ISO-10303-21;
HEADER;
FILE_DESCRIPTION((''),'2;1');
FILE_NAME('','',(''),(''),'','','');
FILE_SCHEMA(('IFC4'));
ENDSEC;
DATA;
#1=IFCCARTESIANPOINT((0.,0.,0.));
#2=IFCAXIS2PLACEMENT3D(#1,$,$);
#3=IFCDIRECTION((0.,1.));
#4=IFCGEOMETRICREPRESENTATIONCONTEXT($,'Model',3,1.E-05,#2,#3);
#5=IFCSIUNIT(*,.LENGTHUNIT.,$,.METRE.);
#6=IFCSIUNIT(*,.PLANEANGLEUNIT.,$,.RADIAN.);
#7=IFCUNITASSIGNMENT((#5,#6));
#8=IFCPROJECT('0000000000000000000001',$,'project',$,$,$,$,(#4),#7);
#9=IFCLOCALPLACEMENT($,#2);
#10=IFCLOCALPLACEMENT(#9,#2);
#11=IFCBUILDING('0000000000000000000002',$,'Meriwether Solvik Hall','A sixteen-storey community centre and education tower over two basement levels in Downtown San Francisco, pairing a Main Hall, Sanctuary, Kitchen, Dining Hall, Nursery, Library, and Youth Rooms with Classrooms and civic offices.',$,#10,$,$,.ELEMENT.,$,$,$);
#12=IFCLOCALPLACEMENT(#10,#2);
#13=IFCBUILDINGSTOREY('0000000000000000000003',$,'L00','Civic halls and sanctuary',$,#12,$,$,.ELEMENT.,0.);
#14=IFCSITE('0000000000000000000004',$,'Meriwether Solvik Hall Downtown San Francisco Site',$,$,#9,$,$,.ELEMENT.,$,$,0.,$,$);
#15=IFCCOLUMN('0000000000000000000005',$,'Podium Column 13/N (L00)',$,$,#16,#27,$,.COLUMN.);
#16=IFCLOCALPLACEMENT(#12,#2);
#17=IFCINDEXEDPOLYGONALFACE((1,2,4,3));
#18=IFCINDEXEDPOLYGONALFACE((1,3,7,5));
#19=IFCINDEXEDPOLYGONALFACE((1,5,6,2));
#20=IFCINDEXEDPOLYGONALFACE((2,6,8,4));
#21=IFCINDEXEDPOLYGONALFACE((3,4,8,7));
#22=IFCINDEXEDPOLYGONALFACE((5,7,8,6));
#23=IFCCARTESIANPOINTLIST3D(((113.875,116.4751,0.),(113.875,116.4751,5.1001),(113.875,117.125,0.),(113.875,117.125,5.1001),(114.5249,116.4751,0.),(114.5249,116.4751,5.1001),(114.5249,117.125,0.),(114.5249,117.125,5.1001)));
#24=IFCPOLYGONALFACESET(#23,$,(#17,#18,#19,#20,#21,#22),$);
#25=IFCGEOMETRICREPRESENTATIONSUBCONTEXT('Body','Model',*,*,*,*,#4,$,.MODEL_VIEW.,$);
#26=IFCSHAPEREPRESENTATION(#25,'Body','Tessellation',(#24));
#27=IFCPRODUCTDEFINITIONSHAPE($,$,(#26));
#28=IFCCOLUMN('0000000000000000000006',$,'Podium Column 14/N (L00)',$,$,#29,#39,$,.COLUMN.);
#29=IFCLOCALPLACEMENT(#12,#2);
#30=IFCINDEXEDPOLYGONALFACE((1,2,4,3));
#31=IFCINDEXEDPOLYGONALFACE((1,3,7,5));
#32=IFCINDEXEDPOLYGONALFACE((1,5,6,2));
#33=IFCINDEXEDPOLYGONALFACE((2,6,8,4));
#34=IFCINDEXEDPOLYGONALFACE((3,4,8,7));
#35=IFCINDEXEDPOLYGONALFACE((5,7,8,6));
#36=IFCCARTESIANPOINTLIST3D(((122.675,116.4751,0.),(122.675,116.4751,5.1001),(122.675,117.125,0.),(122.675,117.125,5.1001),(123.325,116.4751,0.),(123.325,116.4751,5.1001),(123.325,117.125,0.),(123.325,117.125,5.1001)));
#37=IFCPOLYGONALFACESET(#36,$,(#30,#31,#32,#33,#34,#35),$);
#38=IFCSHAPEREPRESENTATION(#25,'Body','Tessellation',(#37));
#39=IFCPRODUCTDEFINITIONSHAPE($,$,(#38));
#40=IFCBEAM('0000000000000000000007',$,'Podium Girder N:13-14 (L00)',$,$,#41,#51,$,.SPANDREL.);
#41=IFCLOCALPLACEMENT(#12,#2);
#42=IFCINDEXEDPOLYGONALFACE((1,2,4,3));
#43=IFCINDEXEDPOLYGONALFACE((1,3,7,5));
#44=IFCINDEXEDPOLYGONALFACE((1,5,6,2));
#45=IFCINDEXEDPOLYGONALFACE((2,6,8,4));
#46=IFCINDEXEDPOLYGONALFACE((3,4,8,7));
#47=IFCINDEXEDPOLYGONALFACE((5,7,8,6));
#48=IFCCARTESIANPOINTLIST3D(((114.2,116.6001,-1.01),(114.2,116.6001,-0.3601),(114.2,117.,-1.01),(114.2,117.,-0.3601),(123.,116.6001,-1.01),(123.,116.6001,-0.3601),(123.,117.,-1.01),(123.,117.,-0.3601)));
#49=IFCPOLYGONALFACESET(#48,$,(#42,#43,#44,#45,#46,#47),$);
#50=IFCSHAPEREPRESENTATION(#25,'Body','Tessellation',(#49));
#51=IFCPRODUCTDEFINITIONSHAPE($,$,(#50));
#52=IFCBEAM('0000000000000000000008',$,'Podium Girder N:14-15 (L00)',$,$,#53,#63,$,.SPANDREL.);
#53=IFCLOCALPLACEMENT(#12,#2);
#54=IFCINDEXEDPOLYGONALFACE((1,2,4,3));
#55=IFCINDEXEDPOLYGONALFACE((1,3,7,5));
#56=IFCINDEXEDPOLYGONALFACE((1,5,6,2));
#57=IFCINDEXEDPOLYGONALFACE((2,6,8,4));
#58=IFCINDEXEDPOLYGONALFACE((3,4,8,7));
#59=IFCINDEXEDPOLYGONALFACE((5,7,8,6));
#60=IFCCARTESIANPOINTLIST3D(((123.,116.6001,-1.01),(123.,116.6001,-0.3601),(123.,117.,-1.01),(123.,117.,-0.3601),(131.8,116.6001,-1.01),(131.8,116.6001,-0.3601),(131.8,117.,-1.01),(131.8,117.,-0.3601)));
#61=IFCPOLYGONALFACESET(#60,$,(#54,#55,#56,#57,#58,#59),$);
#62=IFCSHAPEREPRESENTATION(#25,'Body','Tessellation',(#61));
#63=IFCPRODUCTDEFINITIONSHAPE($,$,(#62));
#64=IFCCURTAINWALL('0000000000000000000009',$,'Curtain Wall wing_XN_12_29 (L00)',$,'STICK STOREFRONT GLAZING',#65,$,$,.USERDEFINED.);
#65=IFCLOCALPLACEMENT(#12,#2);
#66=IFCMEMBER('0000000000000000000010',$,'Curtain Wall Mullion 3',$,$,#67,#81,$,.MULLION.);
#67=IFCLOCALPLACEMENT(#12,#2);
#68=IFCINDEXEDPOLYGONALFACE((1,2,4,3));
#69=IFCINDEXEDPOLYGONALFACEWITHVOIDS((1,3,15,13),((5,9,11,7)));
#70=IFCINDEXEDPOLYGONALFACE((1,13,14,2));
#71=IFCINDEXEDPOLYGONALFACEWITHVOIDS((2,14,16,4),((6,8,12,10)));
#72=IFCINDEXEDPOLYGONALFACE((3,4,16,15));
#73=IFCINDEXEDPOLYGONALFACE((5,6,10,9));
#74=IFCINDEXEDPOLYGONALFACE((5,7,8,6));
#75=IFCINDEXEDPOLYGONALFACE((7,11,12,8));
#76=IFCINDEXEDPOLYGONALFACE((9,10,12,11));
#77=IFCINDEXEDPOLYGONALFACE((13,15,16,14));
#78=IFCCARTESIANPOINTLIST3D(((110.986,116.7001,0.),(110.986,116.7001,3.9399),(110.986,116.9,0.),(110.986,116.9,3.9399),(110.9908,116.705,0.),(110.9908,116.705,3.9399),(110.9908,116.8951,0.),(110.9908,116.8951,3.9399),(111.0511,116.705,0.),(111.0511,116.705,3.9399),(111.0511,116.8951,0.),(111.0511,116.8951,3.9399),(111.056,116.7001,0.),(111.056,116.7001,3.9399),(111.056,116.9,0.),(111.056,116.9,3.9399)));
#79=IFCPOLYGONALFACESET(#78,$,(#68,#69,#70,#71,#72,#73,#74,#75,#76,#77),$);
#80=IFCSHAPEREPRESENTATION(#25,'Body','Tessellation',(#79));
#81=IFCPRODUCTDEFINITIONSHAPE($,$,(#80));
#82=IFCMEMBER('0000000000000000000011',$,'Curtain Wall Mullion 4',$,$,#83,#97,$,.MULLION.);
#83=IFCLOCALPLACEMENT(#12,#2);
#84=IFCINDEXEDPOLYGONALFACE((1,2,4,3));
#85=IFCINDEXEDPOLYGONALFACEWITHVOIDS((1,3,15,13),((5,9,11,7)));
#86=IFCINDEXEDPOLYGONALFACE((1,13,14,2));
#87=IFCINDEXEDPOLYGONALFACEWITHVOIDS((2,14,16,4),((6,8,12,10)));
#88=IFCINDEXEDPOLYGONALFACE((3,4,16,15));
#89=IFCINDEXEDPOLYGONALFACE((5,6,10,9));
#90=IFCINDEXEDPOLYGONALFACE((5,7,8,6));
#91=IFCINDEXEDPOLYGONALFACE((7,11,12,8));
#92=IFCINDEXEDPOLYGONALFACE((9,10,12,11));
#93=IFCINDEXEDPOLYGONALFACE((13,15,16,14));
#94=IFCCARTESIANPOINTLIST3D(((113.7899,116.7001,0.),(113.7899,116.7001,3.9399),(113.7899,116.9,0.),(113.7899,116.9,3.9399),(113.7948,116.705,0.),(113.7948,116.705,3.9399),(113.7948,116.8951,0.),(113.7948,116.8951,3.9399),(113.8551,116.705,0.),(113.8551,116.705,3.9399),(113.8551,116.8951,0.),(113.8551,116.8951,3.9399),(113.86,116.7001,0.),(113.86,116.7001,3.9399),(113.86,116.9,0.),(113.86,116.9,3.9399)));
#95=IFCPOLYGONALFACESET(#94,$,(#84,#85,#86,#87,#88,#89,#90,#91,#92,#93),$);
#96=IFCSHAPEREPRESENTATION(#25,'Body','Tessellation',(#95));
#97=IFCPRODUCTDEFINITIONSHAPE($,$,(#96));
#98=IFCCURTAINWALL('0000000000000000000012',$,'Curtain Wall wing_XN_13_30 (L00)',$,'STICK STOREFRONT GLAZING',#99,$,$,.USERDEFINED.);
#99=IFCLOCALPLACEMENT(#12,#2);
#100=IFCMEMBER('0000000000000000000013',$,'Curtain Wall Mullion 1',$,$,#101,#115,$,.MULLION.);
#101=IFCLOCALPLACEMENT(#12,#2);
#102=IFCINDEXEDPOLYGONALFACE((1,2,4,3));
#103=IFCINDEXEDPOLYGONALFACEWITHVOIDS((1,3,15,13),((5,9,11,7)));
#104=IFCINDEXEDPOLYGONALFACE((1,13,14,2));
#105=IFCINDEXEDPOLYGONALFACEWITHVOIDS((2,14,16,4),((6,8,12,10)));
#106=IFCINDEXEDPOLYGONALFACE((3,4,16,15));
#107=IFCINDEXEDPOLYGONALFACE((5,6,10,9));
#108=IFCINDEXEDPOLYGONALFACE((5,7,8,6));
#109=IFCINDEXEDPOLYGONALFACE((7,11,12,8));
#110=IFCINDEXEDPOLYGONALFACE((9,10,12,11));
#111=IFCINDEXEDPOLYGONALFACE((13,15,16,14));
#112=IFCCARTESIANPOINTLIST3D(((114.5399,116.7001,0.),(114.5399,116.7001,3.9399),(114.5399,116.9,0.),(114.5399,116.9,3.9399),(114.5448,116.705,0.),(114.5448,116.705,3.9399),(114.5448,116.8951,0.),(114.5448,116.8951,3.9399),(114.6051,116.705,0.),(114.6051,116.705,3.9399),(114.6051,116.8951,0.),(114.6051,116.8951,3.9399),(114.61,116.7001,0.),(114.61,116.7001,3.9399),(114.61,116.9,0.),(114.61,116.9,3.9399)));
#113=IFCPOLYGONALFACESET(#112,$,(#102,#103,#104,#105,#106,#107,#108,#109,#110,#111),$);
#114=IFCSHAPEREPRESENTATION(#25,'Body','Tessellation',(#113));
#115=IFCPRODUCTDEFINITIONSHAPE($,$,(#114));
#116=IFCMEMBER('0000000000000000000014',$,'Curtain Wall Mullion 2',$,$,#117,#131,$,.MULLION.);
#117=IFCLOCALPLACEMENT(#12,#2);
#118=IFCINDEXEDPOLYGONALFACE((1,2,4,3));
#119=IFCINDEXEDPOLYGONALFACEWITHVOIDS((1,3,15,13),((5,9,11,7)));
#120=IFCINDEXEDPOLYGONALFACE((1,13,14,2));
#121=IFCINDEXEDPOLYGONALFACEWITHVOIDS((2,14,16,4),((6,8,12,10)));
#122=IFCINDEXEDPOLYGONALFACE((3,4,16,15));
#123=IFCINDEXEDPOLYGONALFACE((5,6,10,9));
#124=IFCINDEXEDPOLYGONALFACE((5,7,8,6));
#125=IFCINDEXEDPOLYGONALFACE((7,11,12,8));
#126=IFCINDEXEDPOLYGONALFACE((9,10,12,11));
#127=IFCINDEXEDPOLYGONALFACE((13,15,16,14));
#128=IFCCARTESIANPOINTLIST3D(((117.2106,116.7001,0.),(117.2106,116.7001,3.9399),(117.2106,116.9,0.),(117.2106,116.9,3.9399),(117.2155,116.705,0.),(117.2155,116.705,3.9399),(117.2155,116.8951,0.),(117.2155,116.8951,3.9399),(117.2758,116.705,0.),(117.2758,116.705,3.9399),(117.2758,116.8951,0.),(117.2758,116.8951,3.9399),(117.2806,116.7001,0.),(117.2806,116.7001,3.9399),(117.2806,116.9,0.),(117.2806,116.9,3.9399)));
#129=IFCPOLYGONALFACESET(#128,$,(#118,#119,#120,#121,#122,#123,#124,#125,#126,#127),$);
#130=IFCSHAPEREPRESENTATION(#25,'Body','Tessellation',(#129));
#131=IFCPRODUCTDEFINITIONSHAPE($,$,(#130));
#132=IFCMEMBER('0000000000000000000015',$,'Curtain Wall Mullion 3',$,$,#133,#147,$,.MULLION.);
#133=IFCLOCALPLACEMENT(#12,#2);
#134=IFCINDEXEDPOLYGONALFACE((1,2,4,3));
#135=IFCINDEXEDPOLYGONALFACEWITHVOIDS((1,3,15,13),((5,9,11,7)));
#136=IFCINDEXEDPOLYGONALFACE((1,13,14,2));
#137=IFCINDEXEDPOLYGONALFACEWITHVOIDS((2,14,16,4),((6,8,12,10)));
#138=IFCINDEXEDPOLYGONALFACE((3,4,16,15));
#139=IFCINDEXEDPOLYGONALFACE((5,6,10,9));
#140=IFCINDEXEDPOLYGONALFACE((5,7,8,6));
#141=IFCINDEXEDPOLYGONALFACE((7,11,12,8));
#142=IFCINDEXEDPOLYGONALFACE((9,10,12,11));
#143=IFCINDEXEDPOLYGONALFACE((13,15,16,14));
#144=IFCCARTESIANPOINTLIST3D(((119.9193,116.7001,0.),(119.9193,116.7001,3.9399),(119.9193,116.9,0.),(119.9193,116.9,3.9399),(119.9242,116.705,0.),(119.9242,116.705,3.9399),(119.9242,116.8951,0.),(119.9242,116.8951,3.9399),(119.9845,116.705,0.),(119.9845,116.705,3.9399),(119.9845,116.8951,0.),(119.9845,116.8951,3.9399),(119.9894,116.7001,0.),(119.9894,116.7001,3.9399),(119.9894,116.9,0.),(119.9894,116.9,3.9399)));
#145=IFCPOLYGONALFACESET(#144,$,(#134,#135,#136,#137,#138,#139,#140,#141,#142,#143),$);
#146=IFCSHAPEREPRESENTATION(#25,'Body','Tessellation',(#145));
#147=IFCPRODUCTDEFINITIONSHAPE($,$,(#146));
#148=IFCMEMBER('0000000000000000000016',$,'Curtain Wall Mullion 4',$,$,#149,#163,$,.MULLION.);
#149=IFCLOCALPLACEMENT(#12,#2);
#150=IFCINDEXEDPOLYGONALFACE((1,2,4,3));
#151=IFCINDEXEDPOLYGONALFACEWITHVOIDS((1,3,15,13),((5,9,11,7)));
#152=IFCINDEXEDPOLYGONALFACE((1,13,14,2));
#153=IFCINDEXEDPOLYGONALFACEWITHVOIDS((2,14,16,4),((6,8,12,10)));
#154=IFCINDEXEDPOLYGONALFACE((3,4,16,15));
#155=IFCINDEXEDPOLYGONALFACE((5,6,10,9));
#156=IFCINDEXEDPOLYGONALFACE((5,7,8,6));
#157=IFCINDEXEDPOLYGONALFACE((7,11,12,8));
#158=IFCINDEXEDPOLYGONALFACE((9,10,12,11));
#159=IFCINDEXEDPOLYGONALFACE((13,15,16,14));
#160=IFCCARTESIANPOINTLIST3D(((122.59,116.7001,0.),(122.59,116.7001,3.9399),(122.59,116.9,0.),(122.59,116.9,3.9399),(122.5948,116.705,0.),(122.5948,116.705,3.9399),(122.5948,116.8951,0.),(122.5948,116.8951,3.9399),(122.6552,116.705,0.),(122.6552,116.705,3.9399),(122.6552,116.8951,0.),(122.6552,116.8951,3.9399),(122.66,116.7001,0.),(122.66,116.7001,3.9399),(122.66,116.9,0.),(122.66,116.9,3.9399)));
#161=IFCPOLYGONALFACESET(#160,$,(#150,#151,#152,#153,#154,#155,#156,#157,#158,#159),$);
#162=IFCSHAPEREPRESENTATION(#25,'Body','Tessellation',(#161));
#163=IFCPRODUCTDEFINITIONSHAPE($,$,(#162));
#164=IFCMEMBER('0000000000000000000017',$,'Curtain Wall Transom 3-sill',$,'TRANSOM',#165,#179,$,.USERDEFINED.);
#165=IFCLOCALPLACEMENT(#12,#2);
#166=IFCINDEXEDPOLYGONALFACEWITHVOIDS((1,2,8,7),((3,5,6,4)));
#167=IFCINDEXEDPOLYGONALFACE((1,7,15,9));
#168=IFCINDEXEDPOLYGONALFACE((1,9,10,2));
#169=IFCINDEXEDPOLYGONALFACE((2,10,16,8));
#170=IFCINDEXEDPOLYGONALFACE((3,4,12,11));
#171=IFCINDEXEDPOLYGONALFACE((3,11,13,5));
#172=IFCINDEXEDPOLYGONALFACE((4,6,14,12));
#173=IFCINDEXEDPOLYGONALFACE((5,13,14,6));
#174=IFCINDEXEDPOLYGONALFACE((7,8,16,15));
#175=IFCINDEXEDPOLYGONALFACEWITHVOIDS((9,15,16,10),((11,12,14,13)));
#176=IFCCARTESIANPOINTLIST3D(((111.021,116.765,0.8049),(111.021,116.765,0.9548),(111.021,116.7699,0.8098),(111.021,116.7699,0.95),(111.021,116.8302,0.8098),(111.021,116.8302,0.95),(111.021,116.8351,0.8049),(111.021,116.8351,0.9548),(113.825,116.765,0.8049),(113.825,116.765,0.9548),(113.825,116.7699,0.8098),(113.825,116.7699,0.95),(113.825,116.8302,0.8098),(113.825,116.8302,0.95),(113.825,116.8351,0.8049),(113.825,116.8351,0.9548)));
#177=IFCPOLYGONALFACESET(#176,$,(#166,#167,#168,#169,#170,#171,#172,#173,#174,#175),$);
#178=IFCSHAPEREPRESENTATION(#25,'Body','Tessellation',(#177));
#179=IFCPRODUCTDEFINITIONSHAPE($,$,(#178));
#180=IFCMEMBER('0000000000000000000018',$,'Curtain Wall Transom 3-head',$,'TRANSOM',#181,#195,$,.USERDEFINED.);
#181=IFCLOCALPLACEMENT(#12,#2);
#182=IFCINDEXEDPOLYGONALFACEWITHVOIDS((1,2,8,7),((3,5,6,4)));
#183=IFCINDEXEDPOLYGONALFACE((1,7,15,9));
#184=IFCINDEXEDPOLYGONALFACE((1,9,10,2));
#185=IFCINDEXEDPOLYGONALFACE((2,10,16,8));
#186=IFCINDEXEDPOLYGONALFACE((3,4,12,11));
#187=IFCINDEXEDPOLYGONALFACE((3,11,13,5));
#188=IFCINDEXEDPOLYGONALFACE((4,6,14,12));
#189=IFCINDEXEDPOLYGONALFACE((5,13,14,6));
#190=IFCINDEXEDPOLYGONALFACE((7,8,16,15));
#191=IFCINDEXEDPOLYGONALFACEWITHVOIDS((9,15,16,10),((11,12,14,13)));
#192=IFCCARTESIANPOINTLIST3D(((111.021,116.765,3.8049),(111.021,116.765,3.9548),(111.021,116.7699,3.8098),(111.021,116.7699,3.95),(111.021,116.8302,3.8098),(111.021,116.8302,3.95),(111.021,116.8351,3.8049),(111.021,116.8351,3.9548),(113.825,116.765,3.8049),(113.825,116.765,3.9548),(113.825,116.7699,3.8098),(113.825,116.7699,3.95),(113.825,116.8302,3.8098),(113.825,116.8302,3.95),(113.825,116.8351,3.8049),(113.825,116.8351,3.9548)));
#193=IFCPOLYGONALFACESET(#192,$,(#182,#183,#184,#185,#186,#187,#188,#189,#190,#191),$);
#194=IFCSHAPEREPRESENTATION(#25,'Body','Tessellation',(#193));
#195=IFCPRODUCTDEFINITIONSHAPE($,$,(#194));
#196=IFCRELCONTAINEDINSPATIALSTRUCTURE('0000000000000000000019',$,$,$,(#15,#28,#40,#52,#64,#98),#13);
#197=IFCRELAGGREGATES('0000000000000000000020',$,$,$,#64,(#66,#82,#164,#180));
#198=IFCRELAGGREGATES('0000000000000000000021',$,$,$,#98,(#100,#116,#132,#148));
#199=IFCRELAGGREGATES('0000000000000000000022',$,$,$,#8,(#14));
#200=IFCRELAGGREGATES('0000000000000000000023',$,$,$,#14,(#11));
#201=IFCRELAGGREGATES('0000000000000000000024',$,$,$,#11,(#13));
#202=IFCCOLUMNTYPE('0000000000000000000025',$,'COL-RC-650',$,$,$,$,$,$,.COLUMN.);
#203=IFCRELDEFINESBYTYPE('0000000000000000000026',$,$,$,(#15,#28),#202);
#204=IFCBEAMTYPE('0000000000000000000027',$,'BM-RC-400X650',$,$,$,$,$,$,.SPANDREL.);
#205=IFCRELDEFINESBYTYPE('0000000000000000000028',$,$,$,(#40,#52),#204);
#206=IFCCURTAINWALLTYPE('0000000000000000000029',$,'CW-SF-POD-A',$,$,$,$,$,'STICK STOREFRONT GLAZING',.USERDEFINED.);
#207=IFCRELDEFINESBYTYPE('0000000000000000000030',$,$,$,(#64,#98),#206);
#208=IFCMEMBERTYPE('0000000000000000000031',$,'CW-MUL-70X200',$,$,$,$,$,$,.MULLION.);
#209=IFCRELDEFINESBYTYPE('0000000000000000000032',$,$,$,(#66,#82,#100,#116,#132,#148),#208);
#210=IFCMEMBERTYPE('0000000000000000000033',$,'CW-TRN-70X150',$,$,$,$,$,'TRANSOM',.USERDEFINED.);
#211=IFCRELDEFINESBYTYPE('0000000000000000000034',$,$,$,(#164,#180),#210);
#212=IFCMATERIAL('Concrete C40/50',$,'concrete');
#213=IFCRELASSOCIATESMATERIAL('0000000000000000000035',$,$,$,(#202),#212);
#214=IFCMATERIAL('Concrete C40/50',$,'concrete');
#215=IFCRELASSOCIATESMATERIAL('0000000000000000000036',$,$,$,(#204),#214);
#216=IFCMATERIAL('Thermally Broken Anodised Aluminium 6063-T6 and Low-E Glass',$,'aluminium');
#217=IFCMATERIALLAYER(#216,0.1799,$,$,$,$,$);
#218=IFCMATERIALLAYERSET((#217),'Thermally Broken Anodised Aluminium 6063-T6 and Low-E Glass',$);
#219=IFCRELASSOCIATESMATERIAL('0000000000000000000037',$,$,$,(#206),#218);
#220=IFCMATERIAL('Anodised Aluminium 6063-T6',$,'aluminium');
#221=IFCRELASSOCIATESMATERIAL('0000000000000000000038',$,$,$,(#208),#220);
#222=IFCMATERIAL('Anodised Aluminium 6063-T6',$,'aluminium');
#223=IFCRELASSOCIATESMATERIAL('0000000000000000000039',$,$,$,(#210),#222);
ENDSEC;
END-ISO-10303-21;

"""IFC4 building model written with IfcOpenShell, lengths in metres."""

from ifc_helpers import new_model, si_unit, direction, frame, origin, origin_2d, place, context, subcontext, project, spatial, rectangle, hollow_rectangle, extrude, material, layer, layer_set, material_profile, profile_set, type_object, element, aggregate, save


model = new_model("IFC4")

# Units and contexts
model_context = context("Model", 3, precision=1e-05, world=origin(), true_north=direction((0.0, 1.0)))
body_context = subcontext(model_context, "Body", "Model", "MODEL_VIEW")
ifc_project = project(units=[si_unit("LENGTHUNIT", "METRE"), si_unit("PLANEANGLEUNIT", "RADIAN")], contexts=[model_context])

# Site, building, storey
site_placement = place(None, origin())
site = spatial("IfcSite", under=ifc_project, at=site_placement, Name="Meriwether Solvik Hall Downtown San Francisco Site", CompositionType="ELEMENT", RefElevation=0.0)
building_placement = place(site_placement, origin())
building = spatial("IfcBuilding", under=site, at=building_placement, Name="Meriwether Solvik Hall", Description="A sixteen-storey community centre and education tower over two basement levels in Downtown San Francisco, pairing a Main Hall, Sanctuary, Kitchen, Dining Hall, Nursery, Library, and Youth Rooms with Classrooms and civic offices.", CompositionType="ELEMENT")
storey_placement = place(building_placement, origin())
storey = spatial("IfcBuildingStorey", under=building, at=storey_placement, Name="L00", Description="Civic halls and sanctuary", CompositionType="ELEMENT", Elevation=0.0)

# Columns
ifc_material_1 = material(Name="Concrete C40/50", Category="concrete")
ifc_material_profile_1 = material_profile(ifc_material_1, rectangle(XDim=0.6499, YDim=0.6499, at=origin_2d()), Name="RCC-650X650")
ifc_profile_set_1 = profile_set([ifc_material_profile_1], Name="Concrete C40/50")
column_type = type_object("IfcColumnType", Name="COL-RC-650", PredefinedType="COLUMN", material=ifc_profile_set_1)
for number, where, z_axis, x_axis, name in (
    (1, (114.2, 116.8, 0.0), (0.0, 0.0, 1.0), (1.0, 0.0, 0.0), "Podium Column 13/N (L00)"),
    (2, (123.0, 116.8, 0.0), (0.0, 0.0, 1.0), (1.0, 0.0, 0.0), "Podium Column 14/N (L00)"),
):
    element("IfcColumn", number, at=place(storey_placement, frame(where, z_axis=z_axis, x_axis=x_axis)), inside=storey, type_object=column_type, Name=name, PredefinedType="COLUMN", context=body_context, shape_type="SweptSolid", body=[
        extrude(rectangle(XDim=0.6499, YDim=0.6499, at=origin_2d()), origin(), (0.0, 0.0, 1.0), 5.1001),
    ])

# Beams
ifc_material_2 = material(Name="Concrete C40/50", Category="concrete")
ifc_material_profile_2 = material_profile(ifc_material_2, rectangle(XDim=0.3999, YDim=0.6499, at=origin_2d()), Name="RCB-400X650")
ifc_profile_set_2 = profile_set([ifc_material_profile_2], Name="Concrete C40/50")
beam_type = type_object("IfcBeamType", Name="BM-RC-400X650", PredefinedType="SPANDREL", material=ifc_profile_set_2)
for number, where, z_axis, x_axis, name in (
    (3, (114.2, 116.8, -0.6851), (1.0, 0.0, 0.0), (0.0, 1.0, 0.0), "Podium Girder N:13-14 (L00)"),
    (4, (123.0, 116.8, -0.6851), (1.0, 0.0, 0.0), (0.0, 1.0, 0.0), "Podium Girder N:14-15 (L00)"),
):
    element("IfcBeam", number, at=place(storey_placement, frame(where, z_axis=z_axis, x_axis=x_axis)), inside=storey, type_object=beam_type, Name=name, PredefinedType="SPANDREL", context=body_context, shape_type="SweptSolid", body=[
        extrude(rectangle(XDim=0.3999, YDim=0.6499, at=origin_2d()), origin(), (0.0, 0.0, 1.0), 8.8),
    ])

# Curtain walls, members
ifc_material_3 = material(Name="Thermally Broken Anodised Aluminium 6063-T6 and Low-E Glass", Category="aluminium")
ifc_layer_1 = layer(ifc_material_3, 0.1799)
ifc_layer_set_1 = layer_set([ifc_layer_1], Name="Thermally Broken Anodised Aluminium 6063-T6 and Low-E Glass")
curtain_wall_type = type_object("IfcCurtainWallType", Name="CW-SF-POD-A", ElementType="STICK STOREFRONT GLAZING", PredefinedType="USERDEFINED", material=ifc_layer_set_1)
curtain_wall_1_placement = place(storey_placement, origin())
curtain_wall_1 = element("IfcCurtainWall", 5, at=curtain_wall_1_placement, inside=storey, type_object=curtain_wall_type, Name="Curtain Wall wing_XN_12_29 (L00)", ObjectType="STICK STOREFRONT GLAZING", PredefinedType="USERDEFINED")
ifc_material_4 = material(Name="Anodised Aluminium 6063-T6", Category="aluminium")
ifc_material_profile_3 = material_profile(ifc_material_4, hollow_rectangle(XDim=0.0701, YDim=0.2, WallThickness=0.0049, at=origin_2d()), Name="CWM-70X200")
ifc_profile_set_3 = profile_set([ifc_material_profile_3], Name="Anodised Aluminium 6063-T6")
member_type_1 = type_object("IfcMemberType", Name="CW-MUL-70X200", PredefinedType="MULLION", material=ifc_profile_set_3)
member_1_placement = place(storey_placement, frame((111.021, 116.8, 0.0), z_axis=(0.0, 0.0, 1.0), x_axis=(1.0, 0.0, 0.0)))
member_1 = element("IfcMember", 6, at=member_1_placement, type_object=member_type_1, Name="Curtain Wall Mullion 3", PredefinedType="MULLION", context=body_context, shape_type="SweptSolid", body=[
    extrude(hollow_rectangle(XDim=0.0701, YDim=0.2, WallThickness=0.0049, at=origin_2d()), origin(), (0.0, 0.0, 1.0), 3.9399),
])
member_2_placement = place(storey_placement, frame((113.825, 116.8, 0.0), z_axis=(0.0, 0.0, 1.0), x_axis=(1.0, 0.0, 0.0)))
member_2 = element("IfcMember", 7, at=member_2_placement, type_object=member_type_1, Name="Curtain Wall Mullion 4", PredefinedType="MULLION", context=body_context, shape_type="SweptSolid", body=[
    extrude(hollow_rectangle(XDim=0.0701, YDim=0.2, WallThickness=0.0049, at=origin_2d()), origin(), (0.0, 0.0, 1.0), 3.9399),
])
curtain_wall_2_placement = place(storey_placement, origin())
curtain_wall_2 = element("IfcCurtainWall", 8, at=curtain_wall_2_placement, inside=storey, type_object=curtain_wall_type, Name="Curtain Wall wing_XN_13_30 (L00)", ObjectType="STICK STOREFRONT GLAZING", PredefinedType="USERDEFINED")
member_3_placement = place(storey_placement, frame((114.575, 116.8, 0.0), z_axis=(0.0, 0.0, 1.0), x_axis=(1.0, 0.0, 0.0)))
member_3 = element("IfcMember", 9, at=member_3_placement, type_object=member_type_1, Name="Curtain Wall Mullion 1", PredefinedType="MULLION", context=body_context, shape_type="SweptSolid", body=[
    extrude(hollow_rectangle(XDim=0.0701, YDim=0.2, WallThickness=0.0049, at=origin_2d()), origin(), (0.0, 0.0, 1.0), 3.9399),
])
member_4_placement = place(storey_placement, frame((117.2456, 116.8, 0.0), z_axis=(0.0, 0.0, 1.0), x_axis=(1.0, 0.0, 0.0)))
member_4 = element("IfcMember", 10, at=member_4_placement, type_object=member_type_1, Name="Curtain Wall Mullion 2", PredefinedType="MULLION", context=body_context, shape_type="SweptSolid", body=[
    extrude(hollow_rectangle(XDim=0.0701, YDim=0.2, WallThickness=0.0049, at=origin_2d()), origin(), (0.0, 0.0, 1.0), 3.9399),
])
member_5_placement = place(storey_placement, frame((119.9543, 116.8, 0.0), z_axis=(0.0, 0.0, 1.0), x_axis=(1.0, 0.0, 0.0)))
member_5 = element("IfcMember", 11, at=member_5_placement, type_object=member_type_1, Name="Curtain Wall Mullion 3", PredefinedType="MULLION", context=body_context, shape_type="SweptSolid", body=[
    extrude(hollow_rectangle(XDim=0.0701, YDim=0.2, WallThickness=0.0049, at=origin_2d()), origin(), (0.0, 0.0, 1.0), 3.9399),
])
member_6_placement = place(storey_placement, frame((122.625, 116.8, 0.0), z_axis=(0.0, 0.0, 1.0), x_axis=(1.0, 0.0, 0.0)))
member_6 = element("IfcMember", 12, at=member_6_placement, type_object=member_type_1, Name="Curtain Wall Mullion 4", PredefinedType="MULLION", context=body_context, shape_type="SweptSolid", body=[
    extrude(hollow_rectangle(XDim=0.0701, YDim=0.2, WallThickness=0.0049, at=origin_2d()), origin(), (0.0, 0.0, 1.0), 3.9399),
])

# Members
ifc_material_5 = material(Name="Anodised Aluminium 6063-T6", Category="aluminium")
ifc_material_profile_4 = material_profile(ifc_material_5, hollow_rectangle(XDim=0.0701, YDim=0.1499, WallThickness=0.0049, at=origin_2d()), Name="CWT-70X150")
ifc_profile_set_4 = profile_set([ifc_material_profile_4], Name="Anodised Aluminium 6063-T6")
member_type_2 = type_object("IfcMemberType", Name="CW-TRN-70X150", ElementType="TRANSOM", PredefinedType="USERDEFINED", material=ifc_profile_set_4)
member_7_placement = place(storey_placement, frame((111.021, 116.8, 0.8799), z_axis=(1.0, 0.0, 0.0), x_axis=(0.0, 1.0, 0.0)))
member_7 = element("IfcMember", 13, at=member_7_placement, type_object=member_type_2, Name="Curtain Wall Transom 3-sill", ObjectType="TRANSOM", PredefinedType="USERDEFINED", context=body_context, shape_type="SweptSolid", body=[
    extrude(hollow_rectangle(XDim=0.0701, YDim=0.1499, WallThickness=0.0049, at=origin_2d()), origin(), (0.0, 0.0, 1.0), 2.804),
])
member_8_placement = place(storey_placement, frame((111.021, 116.8, 3.8799), z_axis=(1.0, 0.0, 0.0), x_axis=(0.0, 1.0, 0.0)))
member_8 = element("IfcMember", 14, at=member_8_placement, type_object=member_type_2, Name="Curtain Wall Transom 3-head", ObjectType="TRANSOM", PredefinedType="USERDEFINED", context=body_context, shape_type="SweptSolid", body=[
    extrude(hollow_rectangle(XDim=0.0701, YDim=0.1499, WallThickness=0.0049, at=origin_2d()), origin(), (0.0, 0.0, 1.0), 2.804),
])

aggregate(curtain_wall_1, [member_1, member_2, member_7, member_8])
aggregate(curtain_wall_2, [member_3, member_4, member_5, member_6])

save(model, "model.ifc")
